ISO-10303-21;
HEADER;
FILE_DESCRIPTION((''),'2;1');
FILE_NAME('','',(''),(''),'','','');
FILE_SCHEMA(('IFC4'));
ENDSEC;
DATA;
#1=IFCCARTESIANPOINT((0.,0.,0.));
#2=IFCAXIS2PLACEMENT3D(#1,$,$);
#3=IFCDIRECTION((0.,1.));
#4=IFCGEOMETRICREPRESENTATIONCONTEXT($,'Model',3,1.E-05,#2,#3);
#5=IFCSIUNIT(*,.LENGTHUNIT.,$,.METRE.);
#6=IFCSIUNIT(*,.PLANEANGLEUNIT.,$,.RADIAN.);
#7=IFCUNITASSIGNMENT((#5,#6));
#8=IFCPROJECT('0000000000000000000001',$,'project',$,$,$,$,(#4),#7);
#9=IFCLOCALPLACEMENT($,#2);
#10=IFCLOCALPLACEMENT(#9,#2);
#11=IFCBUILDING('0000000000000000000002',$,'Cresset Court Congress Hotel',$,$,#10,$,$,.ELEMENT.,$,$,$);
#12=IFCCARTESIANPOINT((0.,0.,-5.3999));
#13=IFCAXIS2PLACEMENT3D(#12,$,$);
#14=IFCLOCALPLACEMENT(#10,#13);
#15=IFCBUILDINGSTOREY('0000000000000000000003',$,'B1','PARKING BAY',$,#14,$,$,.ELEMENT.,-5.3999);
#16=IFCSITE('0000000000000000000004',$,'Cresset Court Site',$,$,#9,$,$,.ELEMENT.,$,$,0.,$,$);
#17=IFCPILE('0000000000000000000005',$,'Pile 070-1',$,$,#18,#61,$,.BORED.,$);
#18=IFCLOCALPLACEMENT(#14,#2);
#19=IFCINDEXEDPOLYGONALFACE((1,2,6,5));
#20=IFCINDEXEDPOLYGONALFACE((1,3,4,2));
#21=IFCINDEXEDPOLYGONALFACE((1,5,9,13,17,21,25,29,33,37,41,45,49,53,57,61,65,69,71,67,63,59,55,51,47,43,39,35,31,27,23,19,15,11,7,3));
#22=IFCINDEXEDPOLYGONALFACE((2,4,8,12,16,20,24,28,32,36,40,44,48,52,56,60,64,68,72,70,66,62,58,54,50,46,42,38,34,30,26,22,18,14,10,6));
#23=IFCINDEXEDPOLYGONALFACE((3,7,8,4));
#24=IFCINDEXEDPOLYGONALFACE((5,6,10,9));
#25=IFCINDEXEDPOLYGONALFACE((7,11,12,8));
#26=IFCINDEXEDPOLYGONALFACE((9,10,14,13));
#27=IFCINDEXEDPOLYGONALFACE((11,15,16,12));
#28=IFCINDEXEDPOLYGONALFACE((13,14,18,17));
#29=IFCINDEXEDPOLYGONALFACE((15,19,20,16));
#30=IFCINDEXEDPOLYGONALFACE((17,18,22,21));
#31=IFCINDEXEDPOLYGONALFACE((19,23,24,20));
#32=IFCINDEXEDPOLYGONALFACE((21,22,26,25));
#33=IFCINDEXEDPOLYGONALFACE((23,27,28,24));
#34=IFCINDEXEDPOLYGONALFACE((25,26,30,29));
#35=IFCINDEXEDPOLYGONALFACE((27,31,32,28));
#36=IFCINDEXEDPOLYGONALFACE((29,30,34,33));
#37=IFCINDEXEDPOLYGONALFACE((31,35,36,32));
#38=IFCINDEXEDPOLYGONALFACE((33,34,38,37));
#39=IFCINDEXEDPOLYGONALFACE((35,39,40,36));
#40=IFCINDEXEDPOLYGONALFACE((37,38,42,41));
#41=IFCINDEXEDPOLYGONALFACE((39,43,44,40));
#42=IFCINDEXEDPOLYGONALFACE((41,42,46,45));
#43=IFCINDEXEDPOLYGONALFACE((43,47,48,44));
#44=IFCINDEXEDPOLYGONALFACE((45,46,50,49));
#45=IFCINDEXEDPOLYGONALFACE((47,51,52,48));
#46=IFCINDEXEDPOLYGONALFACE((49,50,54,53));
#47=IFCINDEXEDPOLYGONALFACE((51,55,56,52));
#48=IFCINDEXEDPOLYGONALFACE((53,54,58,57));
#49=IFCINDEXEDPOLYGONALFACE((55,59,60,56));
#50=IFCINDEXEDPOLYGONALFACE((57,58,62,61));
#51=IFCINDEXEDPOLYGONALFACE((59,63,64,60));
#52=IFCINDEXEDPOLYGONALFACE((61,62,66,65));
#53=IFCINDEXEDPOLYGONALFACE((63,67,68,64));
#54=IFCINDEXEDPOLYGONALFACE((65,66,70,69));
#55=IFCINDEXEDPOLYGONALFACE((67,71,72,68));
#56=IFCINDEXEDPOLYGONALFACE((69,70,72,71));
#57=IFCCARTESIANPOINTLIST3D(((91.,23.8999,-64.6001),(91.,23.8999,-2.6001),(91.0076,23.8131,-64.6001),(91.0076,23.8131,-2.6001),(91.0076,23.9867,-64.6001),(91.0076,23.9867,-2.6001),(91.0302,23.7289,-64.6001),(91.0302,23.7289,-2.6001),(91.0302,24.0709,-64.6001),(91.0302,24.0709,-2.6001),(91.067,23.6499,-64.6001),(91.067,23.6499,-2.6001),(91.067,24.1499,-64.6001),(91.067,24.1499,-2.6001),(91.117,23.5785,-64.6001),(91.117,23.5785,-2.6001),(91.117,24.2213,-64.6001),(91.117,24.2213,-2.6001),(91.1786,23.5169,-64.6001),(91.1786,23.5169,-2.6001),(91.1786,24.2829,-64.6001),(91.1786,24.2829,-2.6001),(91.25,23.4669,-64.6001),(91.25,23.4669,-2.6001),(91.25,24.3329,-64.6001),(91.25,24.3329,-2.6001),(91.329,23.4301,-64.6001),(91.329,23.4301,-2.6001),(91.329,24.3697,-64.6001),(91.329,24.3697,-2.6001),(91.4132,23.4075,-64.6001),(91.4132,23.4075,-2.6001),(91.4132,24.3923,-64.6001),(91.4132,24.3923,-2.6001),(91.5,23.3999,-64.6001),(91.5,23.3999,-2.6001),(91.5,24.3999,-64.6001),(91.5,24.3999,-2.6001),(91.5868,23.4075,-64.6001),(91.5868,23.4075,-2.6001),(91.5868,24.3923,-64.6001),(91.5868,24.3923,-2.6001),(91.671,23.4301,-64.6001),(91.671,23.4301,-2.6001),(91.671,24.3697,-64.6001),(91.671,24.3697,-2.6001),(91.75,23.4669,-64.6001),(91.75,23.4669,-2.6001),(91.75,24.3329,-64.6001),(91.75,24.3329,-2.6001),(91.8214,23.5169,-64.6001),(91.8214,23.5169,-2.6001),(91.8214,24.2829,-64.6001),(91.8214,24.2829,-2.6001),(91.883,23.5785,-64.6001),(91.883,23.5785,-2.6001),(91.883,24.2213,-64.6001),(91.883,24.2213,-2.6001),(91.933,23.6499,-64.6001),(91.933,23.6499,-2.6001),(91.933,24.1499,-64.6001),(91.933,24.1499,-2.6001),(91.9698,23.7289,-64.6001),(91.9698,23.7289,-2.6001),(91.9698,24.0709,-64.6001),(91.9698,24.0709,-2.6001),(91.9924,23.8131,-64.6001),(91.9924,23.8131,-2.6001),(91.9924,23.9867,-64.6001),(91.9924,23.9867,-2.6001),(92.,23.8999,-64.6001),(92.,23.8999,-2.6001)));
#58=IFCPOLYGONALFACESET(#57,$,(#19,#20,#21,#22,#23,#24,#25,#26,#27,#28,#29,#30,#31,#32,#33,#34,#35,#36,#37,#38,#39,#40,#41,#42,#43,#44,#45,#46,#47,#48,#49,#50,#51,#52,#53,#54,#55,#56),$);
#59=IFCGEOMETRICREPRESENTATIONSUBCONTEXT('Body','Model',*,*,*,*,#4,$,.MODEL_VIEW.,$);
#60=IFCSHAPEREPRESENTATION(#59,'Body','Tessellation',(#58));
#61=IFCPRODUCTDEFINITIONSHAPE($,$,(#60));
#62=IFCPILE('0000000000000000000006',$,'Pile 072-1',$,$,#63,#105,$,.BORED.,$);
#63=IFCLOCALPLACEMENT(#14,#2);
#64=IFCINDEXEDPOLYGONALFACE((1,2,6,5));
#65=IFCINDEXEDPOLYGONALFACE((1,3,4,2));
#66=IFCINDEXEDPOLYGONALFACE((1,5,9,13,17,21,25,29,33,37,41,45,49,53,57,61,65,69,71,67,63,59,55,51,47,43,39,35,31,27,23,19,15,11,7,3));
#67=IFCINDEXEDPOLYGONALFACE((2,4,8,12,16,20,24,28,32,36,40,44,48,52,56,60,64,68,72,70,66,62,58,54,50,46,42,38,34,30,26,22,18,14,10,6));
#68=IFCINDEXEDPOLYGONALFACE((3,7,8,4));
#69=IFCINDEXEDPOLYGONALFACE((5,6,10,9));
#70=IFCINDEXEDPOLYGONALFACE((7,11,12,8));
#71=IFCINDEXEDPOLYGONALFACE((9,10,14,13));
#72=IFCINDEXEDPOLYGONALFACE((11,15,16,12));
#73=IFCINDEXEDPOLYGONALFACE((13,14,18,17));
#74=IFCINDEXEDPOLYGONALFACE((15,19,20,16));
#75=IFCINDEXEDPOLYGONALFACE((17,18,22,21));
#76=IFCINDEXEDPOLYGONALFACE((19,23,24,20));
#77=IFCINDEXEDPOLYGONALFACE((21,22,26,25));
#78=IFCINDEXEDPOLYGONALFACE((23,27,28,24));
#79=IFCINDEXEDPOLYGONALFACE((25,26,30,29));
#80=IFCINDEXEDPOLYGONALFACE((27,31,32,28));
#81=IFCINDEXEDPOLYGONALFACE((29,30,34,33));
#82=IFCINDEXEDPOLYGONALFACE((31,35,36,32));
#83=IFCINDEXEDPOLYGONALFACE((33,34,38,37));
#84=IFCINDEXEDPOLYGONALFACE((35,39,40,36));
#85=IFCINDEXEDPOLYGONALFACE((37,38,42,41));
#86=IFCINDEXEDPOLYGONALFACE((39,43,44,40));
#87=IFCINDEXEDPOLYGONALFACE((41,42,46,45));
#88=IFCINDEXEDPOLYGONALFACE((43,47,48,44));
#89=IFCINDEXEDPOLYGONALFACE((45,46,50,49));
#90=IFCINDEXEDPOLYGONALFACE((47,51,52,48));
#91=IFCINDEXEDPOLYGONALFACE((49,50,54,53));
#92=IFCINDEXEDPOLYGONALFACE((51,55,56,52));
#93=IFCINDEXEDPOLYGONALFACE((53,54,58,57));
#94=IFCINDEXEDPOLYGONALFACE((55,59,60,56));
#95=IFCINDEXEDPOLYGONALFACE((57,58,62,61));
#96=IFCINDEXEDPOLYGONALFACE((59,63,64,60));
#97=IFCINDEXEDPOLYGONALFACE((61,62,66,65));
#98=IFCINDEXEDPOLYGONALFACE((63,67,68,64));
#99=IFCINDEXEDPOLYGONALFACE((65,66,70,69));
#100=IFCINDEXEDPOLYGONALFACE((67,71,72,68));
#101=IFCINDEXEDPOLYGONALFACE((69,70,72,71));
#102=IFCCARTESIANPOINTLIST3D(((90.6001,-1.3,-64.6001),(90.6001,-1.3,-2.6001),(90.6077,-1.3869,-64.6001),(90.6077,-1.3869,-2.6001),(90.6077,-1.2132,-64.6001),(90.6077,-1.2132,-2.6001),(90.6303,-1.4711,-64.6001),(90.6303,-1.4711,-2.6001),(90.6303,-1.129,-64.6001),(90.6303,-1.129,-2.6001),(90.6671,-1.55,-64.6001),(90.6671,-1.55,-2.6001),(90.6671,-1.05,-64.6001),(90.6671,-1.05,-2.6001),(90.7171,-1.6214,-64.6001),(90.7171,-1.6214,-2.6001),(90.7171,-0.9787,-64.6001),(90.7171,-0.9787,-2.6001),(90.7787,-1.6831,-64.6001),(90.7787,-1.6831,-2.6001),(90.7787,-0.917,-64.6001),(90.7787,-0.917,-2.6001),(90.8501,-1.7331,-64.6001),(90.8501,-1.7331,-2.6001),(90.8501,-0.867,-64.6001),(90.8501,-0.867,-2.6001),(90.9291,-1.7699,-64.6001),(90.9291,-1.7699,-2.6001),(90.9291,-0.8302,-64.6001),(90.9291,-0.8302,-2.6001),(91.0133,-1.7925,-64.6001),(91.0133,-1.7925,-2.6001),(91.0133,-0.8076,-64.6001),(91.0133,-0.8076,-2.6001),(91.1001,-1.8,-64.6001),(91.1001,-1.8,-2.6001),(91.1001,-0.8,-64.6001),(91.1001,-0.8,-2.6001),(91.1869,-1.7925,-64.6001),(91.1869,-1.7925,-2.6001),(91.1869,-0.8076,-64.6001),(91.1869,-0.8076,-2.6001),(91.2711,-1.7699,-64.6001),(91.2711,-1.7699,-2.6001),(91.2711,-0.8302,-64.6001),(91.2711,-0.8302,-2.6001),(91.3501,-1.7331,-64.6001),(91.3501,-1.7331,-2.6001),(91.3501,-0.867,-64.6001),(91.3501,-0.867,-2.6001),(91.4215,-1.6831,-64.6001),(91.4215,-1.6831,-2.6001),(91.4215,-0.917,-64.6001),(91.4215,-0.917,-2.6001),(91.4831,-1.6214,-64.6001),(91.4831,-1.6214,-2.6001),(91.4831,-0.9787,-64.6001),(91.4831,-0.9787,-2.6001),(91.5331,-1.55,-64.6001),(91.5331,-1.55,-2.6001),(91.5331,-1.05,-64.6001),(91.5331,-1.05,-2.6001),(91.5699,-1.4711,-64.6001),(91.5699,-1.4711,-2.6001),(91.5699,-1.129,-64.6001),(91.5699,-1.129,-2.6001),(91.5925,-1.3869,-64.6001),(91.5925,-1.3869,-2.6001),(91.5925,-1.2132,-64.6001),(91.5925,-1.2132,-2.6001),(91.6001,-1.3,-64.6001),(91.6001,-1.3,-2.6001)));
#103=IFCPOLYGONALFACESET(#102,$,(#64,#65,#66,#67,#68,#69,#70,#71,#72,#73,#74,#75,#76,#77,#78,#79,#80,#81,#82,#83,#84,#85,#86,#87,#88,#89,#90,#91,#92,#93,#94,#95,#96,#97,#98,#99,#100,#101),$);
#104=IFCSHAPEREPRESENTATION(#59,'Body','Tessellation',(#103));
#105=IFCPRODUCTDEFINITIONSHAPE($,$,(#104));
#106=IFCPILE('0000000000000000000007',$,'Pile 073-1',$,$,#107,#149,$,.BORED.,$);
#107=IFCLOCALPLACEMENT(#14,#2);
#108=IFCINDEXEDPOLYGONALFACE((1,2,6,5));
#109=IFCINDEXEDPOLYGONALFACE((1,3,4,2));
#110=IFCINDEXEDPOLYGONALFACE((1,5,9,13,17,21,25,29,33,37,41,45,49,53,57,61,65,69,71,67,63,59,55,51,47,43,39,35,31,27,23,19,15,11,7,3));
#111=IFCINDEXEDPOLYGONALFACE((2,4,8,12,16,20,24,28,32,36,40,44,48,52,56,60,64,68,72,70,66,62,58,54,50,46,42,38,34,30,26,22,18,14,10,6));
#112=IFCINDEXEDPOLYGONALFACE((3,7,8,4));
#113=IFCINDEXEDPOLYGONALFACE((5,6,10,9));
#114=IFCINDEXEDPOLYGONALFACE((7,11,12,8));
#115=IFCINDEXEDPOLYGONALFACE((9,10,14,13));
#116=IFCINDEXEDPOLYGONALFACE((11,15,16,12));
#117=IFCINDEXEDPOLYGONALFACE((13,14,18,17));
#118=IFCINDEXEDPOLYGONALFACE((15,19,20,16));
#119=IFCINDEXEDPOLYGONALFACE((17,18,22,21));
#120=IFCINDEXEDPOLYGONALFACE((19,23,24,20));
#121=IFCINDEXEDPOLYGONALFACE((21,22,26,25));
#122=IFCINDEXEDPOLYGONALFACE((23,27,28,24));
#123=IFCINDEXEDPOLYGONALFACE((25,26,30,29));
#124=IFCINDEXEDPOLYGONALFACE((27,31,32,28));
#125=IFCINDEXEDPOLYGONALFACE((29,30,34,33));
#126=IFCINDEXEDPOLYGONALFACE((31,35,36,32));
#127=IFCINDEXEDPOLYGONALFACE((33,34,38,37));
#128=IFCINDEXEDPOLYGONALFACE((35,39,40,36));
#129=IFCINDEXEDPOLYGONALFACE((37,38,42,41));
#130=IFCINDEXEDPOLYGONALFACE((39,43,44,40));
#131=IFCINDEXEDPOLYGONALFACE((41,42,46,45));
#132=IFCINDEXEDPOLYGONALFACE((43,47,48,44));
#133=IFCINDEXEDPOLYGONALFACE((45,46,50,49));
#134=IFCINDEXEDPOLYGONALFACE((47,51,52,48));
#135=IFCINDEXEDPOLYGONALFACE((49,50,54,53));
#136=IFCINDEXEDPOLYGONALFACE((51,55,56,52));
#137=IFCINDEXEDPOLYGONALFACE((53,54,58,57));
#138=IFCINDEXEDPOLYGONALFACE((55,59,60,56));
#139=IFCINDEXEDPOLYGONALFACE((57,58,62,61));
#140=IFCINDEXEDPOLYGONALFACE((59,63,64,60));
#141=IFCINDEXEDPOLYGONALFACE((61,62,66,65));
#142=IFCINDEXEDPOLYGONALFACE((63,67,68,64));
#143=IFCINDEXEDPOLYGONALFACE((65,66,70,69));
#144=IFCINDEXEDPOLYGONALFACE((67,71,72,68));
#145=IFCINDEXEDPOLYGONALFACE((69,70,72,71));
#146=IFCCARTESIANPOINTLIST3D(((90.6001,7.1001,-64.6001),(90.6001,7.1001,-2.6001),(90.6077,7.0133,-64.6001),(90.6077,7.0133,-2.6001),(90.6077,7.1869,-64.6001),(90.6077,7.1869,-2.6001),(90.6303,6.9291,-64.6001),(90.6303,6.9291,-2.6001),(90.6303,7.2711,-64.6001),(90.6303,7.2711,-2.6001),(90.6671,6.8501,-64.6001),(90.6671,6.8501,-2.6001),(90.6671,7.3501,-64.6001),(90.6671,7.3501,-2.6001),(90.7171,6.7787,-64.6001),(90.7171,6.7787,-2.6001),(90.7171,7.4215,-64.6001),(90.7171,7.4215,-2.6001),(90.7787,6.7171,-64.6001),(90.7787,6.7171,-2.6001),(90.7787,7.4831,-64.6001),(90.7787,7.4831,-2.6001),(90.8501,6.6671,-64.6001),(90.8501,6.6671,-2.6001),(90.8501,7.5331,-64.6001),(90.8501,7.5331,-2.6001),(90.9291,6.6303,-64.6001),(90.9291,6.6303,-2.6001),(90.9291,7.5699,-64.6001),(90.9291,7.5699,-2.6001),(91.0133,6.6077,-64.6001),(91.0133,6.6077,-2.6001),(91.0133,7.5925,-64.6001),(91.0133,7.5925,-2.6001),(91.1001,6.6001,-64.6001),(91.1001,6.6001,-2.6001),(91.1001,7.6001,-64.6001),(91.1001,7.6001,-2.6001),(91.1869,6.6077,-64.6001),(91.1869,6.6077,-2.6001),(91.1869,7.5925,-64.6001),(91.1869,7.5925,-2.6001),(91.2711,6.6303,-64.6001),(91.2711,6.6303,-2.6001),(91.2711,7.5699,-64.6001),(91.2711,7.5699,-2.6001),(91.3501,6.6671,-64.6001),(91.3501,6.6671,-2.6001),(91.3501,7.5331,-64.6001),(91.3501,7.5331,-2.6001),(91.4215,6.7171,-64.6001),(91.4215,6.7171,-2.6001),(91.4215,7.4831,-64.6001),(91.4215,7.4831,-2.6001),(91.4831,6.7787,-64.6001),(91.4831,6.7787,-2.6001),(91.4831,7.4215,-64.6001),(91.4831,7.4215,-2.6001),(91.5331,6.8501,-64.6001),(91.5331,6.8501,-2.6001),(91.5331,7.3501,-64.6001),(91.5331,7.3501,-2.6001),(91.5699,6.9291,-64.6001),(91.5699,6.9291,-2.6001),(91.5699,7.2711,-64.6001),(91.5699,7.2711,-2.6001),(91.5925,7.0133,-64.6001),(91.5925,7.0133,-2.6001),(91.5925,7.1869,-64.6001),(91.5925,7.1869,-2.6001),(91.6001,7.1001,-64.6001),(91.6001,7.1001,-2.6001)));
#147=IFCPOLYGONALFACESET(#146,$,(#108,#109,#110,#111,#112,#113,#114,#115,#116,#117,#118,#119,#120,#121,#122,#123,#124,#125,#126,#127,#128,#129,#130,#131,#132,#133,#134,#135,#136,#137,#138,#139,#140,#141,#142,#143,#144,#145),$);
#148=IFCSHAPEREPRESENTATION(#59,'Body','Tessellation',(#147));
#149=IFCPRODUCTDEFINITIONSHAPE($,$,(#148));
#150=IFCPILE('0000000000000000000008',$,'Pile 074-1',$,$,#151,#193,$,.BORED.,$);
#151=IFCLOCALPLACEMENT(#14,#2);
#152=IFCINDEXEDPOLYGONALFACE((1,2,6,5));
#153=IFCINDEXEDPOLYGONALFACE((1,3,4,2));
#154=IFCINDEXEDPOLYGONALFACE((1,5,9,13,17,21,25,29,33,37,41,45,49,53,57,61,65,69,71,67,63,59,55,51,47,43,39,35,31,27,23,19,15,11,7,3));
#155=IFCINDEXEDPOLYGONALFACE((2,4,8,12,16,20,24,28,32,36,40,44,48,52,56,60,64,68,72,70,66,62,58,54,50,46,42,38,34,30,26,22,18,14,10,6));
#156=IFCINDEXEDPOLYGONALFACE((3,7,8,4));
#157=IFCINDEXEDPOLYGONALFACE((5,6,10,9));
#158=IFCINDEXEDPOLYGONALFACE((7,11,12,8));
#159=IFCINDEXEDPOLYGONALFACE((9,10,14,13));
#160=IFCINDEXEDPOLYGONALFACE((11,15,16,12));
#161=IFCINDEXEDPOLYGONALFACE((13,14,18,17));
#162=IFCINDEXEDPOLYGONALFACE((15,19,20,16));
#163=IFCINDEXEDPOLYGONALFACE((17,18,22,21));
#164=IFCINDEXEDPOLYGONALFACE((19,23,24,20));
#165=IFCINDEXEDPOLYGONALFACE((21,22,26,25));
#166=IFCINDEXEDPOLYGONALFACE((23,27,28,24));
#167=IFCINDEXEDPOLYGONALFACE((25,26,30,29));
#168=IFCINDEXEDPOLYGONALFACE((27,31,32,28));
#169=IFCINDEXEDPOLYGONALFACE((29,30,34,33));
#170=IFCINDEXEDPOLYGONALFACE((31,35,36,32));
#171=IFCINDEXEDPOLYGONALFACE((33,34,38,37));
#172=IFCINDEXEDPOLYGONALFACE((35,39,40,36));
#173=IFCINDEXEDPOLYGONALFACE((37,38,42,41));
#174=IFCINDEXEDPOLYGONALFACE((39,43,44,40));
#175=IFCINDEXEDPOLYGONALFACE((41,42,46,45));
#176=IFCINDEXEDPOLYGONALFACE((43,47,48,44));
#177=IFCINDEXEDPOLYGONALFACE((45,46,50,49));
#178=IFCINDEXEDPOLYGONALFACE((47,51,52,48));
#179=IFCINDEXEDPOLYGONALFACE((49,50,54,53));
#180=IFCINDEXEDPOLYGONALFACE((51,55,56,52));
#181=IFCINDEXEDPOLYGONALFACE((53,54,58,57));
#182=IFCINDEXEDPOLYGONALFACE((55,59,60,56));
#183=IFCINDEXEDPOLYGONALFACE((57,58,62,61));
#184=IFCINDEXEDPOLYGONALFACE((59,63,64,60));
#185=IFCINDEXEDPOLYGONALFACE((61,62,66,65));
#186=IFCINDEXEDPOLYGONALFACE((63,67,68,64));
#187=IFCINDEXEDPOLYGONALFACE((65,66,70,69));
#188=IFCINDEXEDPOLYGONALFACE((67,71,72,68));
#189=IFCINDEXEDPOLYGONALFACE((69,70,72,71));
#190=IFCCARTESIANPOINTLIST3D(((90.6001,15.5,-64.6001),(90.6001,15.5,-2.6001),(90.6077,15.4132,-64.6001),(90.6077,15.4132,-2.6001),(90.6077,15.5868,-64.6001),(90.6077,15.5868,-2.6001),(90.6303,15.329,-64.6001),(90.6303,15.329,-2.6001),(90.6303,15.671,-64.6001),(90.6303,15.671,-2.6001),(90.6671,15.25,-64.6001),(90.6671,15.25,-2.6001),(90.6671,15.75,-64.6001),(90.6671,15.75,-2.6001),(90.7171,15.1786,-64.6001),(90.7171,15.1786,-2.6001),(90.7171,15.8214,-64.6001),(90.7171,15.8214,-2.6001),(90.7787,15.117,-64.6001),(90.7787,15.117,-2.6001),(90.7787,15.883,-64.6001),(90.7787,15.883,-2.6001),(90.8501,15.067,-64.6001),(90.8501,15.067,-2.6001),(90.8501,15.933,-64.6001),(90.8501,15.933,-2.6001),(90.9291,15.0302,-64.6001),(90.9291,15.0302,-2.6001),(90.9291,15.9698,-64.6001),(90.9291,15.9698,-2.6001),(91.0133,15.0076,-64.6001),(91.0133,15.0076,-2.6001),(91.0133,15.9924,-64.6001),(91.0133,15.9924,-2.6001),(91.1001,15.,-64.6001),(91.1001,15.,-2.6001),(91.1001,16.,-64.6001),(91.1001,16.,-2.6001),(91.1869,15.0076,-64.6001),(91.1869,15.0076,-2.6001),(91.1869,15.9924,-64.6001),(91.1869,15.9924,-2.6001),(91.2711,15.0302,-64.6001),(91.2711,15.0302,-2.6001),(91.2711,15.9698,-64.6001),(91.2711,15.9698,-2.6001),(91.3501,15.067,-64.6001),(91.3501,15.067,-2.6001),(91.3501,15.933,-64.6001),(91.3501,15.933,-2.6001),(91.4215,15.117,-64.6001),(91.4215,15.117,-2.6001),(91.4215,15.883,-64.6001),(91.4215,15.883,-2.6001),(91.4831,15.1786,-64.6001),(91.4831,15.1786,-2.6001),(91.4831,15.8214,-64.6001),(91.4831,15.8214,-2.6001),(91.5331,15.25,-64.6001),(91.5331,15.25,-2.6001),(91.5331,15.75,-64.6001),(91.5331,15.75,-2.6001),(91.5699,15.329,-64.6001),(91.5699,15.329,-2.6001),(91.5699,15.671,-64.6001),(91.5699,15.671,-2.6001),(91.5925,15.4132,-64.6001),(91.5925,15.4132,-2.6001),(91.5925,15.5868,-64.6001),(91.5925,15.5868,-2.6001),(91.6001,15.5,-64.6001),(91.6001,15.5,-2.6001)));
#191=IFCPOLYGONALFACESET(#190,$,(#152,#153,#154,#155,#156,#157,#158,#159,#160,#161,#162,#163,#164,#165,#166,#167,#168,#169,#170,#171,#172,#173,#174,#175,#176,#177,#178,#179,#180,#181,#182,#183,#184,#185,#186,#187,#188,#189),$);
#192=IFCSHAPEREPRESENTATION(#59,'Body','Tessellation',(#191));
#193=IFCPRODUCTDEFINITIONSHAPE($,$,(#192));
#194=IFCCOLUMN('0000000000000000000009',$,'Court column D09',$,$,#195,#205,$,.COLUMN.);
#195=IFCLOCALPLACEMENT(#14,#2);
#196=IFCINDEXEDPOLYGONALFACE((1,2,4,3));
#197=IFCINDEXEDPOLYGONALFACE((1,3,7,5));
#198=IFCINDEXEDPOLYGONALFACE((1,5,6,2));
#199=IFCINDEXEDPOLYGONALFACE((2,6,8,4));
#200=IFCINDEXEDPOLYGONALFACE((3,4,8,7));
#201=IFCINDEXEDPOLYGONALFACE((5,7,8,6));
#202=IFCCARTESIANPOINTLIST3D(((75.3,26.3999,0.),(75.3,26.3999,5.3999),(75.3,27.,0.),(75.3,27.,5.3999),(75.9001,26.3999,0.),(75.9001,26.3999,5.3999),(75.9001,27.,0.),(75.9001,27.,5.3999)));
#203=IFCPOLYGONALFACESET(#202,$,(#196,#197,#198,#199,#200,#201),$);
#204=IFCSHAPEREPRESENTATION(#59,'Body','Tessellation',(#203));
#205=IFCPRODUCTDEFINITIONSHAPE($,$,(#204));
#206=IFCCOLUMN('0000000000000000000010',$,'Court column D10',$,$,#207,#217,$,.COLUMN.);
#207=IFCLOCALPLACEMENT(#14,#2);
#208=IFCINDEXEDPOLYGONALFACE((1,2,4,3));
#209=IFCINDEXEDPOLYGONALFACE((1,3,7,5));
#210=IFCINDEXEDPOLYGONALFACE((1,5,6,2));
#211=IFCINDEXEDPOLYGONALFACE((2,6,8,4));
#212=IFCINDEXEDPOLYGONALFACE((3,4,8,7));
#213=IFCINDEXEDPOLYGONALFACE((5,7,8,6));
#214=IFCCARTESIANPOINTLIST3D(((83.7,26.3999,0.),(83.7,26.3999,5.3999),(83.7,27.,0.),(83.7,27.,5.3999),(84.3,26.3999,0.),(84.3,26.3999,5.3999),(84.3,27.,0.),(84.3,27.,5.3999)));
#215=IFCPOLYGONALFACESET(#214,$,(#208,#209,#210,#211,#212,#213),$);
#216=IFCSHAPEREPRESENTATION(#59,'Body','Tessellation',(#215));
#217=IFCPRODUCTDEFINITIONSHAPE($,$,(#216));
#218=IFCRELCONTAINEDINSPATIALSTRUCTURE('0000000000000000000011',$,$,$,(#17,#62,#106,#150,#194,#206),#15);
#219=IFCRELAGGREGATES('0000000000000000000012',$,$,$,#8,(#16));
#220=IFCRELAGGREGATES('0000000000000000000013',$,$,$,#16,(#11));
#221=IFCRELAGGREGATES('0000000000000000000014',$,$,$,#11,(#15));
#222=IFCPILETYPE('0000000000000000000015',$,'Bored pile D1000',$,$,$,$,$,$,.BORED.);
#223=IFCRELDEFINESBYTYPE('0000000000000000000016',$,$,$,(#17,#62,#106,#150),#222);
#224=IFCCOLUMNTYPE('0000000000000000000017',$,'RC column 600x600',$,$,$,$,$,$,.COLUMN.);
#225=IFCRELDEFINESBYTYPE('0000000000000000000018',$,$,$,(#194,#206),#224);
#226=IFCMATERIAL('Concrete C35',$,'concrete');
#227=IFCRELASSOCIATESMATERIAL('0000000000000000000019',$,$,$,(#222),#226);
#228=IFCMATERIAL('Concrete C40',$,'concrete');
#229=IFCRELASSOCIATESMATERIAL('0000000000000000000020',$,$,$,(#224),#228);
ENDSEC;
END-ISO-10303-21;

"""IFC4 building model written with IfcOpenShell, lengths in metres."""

from ifc_helpers import new_model, si_unit, direction, frame, origin, origin_2d, place, context, subcontext, project, spatial, rectangle, circle, extrude, material, material_profile, profile_set, type_object, element, save


model = new_model("IFC4")

# Units and contexts
model_context = context("Model", 3, precision=1e-05, world=origin(), true_north=direction((0.0, 1.0)))
body_context = subcontext(model_context, "Body", "Model", "MODEL_VIEW")
ifc_project = project(units=[si_unit("LENGTHUNIT", "METRE"), si_unit("PLANEANGLEUNIT", "RADIAN")], contexts=[model_context])

# Site, building, storey
site_placement = place(None, origin())
site = spatial("IfcSite", under=ifc_project, at=site_placement, Name="Cresset Court Site", CompositionType="ELEMENT", RefElevation=0.0)
building_placement = place(site_placement, origin())
building = spatial("IfcBuilding", under=site, at=building_placement, Name="Cresset Court Congress Hotel", CompositionType="ELEMENT")
storey_placement = place(building_placement, frame((0.0, 0.0, -5.3999)))
storey = spatial("IfcBuildingStorey", under=building, at=storey_placement, Name="B1", Description="PARKING BAY", CompositionType="ELEMENT", Elevation=-5.3999)

# Piles
ifc_material_1 = material(Name="Concrete C35", Category="concrete")
pile_type = type_object("IfcPileType", Name="Bored pile D1000", PredefinedType="BORED", material=ifc_material_1)
for number, where, z_axis, x_axis, name in (
    (1, (91.5, 23.8999, -2.6001), (0.0, 0.0, -1.0), (1.0, 0.0, 0.0), "Pile 070-1"),
    (2, (91.1001, -1.3, -2.6001), (0.0, 0.0, -1.0), (1.0, 0.0, 0.0), "Pile 072-1"),
    (3, (91.1001, 7.1001, -2.6001), (0.0, 0.0, -1.0), (1.0, 0.0, 0.0), "Pile 073-1"),
    (4, (91.1001, 15.5, -2.6001), (0.0, 0.0, -1.0), (1.0, 0.0, 0.0), "Pile 074-1"),
):
    element("IfcPile", number, at=place(storey_placement, frame(where, z_axis=z_axis, x_axis=x_axis)), inside=storey, type_object=pile_type, Name=name, PredefinedType="BORED", context=body_context, shape_type="SweptSolid", body=[
        extrude(circle(Radius=0.5, at=origin_2d()), origin(), (0.0, 0.0, 1.0), 62.0),
    ])

# Columns
ifc_material_2 = material(Name="Concrete C40", Category="concrete")
ifc_material_profile_1 = material_profile(ifc_material_2, rectangle(XDim=0.6001, YDim=0.6001, at=origin_2d()), Name="RC600x600")
ifc_profile_set_1 = profile_set([ifc_material_profile_1], Name="Concrete C40")
column_type_1 = type_object("IfcColumnType", Name="RC column 600x600", PredefinedType="COLUMN", material=ifc_profile_set_1)
for number, where, z_axis, x_axis, name in (
    (5, (75.6001, 26.7, 0.0), (0.0, 0.0, 1.0), (1.0, 0.0, 0.0), "Court column D09"),
    (6, (84.0, 26.7, 0.0), (0.0, 0.0, 1.0), (1.0, 0.0, 0.0), "Court column D10"),
):
    element("IfcColumn", number, at=place(storey_placement, frame(where, z_axis=z_axis, x_axis=x_axis)), inside=storey, type_object=column_type_1, Name=name, PredefinedType="COLUMN", context=body_context, shape_type="SweptSolid", body=[
        extrude(rectangle(XDim=0.6001, YDim=0.6001, at=origin_2d()), origin(), (0.0, 0.0, 1.0), 5.3999),
    ])

save(model, "model.ifc")
